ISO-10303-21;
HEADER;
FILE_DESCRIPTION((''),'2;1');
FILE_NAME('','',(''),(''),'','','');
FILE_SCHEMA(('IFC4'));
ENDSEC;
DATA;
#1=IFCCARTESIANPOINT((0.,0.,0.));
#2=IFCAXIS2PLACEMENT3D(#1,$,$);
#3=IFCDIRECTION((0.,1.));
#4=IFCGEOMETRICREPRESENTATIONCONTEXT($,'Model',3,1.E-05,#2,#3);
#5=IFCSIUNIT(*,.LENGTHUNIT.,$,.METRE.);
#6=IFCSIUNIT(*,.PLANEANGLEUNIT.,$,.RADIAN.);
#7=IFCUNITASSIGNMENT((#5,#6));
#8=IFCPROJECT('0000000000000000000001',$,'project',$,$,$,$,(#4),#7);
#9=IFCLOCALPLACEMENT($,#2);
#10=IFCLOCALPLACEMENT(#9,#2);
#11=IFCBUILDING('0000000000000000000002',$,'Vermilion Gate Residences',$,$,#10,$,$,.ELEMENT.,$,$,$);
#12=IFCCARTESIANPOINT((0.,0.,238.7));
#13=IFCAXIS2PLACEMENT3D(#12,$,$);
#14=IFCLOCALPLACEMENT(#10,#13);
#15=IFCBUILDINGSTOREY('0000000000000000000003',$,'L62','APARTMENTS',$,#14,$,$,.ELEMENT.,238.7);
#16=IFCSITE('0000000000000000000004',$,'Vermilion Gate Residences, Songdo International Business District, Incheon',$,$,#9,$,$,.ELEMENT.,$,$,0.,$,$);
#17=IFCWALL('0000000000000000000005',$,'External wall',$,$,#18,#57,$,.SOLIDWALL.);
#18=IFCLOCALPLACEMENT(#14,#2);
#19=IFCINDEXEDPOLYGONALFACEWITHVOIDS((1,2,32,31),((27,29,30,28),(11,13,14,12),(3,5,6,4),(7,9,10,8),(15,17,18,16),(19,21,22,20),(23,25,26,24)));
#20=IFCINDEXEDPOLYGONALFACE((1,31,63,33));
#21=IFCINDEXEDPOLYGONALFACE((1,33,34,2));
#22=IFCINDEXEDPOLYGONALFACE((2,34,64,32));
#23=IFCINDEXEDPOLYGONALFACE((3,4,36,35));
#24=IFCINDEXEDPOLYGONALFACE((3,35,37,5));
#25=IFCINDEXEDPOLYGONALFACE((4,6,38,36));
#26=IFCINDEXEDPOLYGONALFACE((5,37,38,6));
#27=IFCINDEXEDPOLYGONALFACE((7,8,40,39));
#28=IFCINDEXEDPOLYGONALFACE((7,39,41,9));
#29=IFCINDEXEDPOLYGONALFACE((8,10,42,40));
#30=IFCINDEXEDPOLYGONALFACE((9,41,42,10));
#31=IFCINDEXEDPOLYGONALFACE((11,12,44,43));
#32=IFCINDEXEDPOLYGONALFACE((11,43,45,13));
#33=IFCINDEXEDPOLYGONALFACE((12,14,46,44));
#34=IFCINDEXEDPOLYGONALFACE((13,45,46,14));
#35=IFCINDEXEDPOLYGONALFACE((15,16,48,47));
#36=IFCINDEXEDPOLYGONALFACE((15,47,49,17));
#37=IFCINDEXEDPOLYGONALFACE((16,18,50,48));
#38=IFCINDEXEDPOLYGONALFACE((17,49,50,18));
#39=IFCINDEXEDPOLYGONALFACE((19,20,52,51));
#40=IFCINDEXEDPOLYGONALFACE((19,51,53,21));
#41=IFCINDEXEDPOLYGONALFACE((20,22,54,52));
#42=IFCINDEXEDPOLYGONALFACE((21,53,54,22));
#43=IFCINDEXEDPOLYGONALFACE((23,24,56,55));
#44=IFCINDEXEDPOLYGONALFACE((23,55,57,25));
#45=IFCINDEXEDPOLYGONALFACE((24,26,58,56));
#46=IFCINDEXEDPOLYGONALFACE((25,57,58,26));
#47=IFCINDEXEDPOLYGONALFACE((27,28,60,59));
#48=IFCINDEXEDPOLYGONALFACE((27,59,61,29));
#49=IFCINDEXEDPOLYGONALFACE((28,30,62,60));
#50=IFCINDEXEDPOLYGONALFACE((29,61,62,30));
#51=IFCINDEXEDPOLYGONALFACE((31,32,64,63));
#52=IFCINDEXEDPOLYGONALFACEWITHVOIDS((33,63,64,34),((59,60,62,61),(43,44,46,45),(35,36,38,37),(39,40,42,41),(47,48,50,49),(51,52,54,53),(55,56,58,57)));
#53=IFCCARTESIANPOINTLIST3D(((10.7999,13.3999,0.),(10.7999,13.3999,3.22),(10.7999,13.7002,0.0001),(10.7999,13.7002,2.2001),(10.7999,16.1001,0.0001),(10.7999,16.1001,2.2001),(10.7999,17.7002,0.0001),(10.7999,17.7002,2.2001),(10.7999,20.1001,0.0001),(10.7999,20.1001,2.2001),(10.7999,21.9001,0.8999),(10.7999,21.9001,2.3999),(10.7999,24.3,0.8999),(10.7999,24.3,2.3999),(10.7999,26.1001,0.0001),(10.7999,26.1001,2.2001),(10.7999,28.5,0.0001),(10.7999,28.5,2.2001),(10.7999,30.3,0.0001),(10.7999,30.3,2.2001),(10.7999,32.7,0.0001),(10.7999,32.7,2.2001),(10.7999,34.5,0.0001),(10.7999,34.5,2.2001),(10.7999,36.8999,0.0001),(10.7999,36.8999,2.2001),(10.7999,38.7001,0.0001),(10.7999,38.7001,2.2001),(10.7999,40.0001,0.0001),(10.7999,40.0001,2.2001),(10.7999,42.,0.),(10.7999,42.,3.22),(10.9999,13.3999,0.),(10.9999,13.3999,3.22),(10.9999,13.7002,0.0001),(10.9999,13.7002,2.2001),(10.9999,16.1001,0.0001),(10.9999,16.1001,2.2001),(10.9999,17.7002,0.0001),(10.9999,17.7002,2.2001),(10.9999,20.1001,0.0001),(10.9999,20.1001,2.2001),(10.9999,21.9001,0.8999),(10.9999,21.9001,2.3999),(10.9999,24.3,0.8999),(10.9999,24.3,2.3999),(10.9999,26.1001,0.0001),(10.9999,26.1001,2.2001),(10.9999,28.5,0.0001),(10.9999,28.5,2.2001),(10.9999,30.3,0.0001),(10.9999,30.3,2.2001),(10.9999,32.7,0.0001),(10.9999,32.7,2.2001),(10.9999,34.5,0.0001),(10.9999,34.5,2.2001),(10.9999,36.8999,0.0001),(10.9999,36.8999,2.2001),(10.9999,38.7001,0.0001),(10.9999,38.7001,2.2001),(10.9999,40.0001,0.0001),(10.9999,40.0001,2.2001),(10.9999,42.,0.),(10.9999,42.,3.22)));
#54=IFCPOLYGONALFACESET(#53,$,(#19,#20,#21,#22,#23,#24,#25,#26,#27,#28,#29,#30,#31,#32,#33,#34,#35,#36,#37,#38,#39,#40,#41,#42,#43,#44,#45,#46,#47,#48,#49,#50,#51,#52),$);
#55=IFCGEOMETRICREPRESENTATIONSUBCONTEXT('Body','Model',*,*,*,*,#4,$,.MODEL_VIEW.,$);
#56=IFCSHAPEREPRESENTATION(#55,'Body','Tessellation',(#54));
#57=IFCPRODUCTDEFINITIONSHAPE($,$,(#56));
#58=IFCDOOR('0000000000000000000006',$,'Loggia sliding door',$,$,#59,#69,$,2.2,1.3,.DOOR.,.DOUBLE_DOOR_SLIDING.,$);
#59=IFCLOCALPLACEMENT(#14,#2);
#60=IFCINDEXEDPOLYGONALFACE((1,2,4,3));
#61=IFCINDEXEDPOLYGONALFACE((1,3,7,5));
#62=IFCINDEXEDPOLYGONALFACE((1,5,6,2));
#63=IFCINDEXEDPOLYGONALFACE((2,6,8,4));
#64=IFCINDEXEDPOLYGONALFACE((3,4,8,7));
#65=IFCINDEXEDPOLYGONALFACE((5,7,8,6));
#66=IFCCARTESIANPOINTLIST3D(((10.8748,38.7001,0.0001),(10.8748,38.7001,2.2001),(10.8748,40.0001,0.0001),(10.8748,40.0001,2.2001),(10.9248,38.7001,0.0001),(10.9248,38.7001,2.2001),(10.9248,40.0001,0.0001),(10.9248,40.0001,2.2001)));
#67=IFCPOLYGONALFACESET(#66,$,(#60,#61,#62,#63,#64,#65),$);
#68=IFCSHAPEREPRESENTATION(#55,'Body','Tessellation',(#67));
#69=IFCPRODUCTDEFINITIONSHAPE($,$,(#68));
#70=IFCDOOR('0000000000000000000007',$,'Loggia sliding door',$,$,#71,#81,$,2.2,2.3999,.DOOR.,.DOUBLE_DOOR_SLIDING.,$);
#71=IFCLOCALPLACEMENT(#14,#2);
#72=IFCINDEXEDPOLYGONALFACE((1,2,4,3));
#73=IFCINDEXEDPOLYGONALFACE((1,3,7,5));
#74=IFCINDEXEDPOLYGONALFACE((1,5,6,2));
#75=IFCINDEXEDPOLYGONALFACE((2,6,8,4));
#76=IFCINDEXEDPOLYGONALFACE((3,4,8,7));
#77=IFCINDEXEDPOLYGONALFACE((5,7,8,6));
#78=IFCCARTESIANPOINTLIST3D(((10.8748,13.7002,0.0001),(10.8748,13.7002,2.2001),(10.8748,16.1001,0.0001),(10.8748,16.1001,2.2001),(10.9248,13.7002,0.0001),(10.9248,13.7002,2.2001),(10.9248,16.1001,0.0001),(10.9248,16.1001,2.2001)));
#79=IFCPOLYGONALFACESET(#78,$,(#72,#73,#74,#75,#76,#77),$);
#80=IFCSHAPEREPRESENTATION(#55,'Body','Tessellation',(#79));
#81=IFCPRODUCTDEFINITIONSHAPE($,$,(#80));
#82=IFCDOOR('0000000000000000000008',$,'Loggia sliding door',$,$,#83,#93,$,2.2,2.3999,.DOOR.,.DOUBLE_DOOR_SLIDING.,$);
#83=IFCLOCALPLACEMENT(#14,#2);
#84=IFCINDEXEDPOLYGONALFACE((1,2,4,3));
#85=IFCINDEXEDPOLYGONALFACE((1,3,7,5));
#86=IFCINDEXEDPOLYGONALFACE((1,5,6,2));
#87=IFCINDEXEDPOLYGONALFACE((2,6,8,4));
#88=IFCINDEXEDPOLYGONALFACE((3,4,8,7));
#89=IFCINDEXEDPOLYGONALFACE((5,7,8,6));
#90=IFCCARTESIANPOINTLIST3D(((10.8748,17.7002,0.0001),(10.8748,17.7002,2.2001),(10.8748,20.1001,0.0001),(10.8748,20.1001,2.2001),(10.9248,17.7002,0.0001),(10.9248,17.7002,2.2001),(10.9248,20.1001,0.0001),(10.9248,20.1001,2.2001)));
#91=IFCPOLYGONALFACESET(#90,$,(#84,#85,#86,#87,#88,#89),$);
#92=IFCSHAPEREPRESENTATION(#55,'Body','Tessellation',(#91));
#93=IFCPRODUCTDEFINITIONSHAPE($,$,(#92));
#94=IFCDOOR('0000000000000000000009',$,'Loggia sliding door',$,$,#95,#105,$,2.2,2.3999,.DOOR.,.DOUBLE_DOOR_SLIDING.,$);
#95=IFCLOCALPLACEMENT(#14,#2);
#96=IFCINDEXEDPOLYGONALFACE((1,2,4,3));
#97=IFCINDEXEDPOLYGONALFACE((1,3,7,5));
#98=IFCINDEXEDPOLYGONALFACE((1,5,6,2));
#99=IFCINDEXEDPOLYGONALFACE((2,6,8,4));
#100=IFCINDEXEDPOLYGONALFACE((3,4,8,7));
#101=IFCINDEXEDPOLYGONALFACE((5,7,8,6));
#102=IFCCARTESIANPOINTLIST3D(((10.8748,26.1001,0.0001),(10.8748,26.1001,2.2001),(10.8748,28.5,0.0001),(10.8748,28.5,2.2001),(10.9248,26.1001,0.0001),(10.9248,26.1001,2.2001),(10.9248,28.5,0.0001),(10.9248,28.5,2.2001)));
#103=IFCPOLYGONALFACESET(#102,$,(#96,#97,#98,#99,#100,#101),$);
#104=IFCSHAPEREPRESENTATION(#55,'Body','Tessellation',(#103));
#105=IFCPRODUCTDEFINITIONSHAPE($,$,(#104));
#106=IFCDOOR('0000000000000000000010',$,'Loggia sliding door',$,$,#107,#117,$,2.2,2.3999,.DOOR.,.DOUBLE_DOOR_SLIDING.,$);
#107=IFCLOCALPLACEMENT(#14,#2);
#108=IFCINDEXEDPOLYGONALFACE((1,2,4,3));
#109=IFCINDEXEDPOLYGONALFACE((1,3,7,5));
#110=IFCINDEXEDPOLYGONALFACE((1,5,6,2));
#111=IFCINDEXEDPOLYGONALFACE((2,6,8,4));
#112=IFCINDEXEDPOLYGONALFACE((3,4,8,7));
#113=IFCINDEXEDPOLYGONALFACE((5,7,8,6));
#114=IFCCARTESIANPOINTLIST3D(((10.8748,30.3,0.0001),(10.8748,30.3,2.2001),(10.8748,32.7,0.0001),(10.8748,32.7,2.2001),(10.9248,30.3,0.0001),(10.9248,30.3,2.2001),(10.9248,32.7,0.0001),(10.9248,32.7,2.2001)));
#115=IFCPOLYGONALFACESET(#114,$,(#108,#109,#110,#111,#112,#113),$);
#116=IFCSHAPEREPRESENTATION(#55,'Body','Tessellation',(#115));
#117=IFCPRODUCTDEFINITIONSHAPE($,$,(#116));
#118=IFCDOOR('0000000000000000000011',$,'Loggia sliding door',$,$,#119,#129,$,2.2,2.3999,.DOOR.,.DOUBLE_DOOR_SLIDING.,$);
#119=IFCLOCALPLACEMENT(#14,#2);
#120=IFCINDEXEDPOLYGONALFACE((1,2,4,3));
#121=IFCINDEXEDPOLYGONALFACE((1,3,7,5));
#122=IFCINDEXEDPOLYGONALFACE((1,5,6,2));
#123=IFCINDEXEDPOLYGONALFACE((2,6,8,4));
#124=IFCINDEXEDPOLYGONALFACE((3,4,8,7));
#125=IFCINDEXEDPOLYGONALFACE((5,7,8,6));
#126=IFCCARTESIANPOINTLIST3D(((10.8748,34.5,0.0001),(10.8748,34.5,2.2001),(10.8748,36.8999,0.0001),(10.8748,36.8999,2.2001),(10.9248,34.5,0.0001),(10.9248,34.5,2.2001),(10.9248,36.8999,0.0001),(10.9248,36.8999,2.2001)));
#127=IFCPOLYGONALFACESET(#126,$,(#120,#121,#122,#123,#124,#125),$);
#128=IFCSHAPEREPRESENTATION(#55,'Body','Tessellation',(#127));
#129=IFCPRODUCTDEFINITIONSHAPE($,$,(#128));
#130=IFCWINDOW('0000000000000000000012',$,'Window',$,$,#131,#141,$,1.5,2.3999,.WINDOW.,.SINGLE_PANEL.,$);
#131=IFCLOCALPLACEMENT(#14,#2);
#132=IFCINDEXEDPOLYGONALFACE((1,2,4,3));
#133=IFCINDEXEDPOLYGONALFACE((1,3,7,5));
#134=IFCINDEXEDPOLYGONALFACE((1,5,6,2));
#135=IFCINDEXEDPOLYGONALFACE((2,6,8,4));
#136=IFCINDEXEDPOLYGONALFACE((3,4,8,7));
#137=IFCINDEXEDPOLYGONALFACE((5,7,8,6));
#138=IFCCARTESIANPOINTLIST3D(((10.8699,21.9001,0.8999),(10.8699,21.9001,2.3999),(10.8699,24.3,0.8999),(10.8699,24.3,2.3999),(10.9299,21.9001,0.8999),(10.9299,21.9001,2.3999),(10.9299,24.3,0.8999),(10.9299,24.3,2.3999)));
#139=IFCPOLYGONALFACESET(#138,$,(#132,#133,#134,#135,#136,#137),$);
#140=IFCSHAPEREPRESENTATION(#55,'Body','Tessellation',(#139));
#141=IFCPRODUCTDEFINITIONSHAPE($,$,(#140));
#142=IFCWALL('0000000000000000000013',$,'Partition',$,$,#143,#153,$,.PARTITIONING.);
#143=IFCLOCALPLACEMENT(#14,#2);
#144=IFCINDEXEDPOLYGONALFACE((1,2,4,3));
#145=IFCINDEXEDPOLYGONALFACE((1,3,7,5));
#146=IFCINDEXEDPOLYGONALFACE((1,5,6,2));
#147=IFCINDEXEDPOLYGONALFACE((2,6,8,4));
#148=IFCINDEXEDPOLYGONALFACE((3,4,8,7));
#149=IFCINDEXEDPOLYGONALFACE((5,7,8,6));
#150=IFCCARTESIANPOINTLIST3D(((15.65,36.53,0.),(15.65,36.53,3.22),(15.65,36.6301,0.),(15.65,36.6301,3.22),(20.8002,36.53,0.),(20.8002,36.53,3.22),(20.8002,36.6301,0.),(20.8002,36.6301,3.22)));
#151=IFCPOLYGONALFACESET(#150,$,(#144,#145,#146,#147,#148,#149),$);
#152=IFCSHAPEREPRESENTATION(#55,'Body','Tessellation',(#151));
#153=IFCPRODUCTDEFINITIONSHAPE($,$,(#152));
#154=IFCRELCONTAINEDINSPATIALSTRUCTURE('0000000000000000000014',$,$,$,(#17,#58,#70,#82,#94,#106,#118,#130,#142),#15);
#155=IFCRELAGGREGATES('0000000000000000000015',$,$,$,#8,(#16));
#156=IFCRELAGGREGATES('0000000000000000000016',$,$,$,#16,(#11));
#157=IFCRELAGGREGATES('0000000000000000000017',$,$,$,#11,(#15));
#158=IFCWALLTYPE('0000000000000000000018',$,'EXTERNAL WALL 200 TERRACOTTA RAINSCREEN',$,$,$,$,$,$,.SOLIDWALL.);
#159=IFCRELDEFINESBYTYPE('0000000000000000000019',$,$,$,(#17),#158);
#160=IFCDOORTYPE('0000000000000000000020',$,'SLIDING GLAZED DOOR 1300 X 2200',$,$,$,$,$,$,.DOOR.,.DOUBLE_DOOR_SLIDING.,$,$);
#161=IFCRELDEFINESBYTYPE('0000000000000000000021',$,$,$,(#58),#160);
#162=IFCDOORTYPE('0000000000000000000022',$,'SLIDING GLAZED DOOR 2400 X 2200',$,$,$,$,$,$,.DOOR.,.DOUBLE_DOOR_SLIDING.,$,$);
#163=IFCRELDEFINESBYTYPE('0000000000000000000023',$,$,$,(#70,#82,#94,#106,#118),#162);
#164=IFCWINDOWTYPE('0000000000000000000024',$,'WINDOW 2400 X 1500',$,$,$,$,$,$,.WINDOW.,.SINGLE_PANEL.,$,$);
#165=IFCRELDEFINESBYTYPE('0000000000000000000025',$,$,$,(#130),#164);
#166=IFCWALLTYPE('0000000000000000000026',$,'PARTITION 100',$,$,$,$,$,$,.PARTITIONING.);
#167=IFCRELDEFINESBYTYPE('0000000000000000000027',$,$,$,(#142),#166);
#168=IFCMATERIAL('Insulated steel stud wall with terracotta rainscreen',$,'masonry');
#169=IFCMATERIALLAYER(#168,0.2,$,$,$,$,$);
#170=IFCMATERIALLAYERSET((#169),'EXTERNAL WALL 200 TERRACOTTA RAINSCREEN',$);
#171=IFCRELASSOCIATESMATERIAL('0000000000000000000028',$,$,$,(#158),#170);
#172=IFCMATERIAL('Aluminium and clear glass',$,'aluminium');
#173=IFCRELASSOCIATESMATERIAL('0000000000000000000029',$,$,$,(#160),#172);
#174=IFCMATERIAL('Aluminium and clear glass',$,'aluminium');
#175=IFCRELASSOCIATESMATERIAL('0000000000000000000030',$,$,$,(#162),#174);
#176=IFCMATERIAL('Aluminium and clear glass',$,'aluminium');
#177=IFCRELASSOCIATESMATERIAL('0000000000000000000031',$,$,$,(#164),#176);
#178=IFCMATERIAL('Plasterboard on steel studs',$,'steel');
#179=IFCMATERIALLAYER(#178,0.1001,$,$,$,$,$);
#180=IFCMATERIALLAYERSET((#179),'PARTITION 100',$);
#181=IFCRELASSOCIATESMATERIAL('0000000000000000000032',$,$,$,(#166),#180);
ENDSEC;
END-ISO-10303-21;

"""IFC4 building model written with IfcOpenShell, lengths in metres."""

from ifc_helpers import new_model, si_unit, direction, frame, frame_2d, origin, place, context, subcontext, project, spatial, rectangle, extrude, material, layer, layer_set, type_object, element, fill, save


model = new_model("IFC4")

# Units and contexts
model_context = context("Model", 3, precision=1e-05, world=origin(), true_north=direction((0.0, 1.0)))
body_context = subcontext(model_context, "Body", "Model", "MODEL_VIEW")
ifc_project = project(units=[si_unit("LENGTHUNIT", "METRE"), si_unit("PLANEANGLEUNIT", "RADIAN")], contexts=[model_context])

# Site, building, storey
site_placement = place(None, origin())
site = spatial("IfcSite", under=ifc_project, at=site_placement, Name="Vermilion Gate Residences, Songdo International Business District, Incheon", CompositionType="ELEMENT", RefElevation=0.0)
building_placement = place(site_placement, origin())
building = spatial("IfcBuilding", under=site, at=building_placement, Name="Vermilion Gate Residences", CompositionType="ELEMENT")
storey_placement = place(building_placement, frame((0.0, 0.0, 238.7)))
storey = spatial("IfcBuildingStorey", under=building, at=storey_placement, Name="L62", Description="APARTMENTS", CompositionType="ELEMENT", Elevation=238.7)

# Wall, openings, doors, window
ifc_material_1 = material(Name="Insulated steel stud wall with terracotta rainscreen", Category="masonry")
ifc_layer_1 = layer(ifc_material_1, 0.2)
ifc_layer_set_1 = layer_set([ifc_layer_1], Name="EXTERNAL WALL 200 TERRACOTTA RAINSCREEN")
wall_type_1 = type_object("IfcWallType", Name="EXTERNAL WALL 200 TERRACOTTA RAINSCREEN", PredefinedType="SOLIDWALL", material=ifc_layer_set_1)
wall_1_placement = place(storey_placement, frame((10.8999, 42.0, 0.0), z_axis=(0.0, 0.0, 1.0), x_axis=(0.0, -1.0, 0.0)))
wall_1 = element("IfcWall", 1, at=wall_1_placement, inside=storey, type_object=wall_type_1, Name="External wall", PredefinedType="SOLIDWALL", context=body_context, shape_type="SweptSolid", body=[
    extrude(rectangle(XDim=28.6001, YDim=0.2, at=frame_2d((14.3, 0.0))), origin(), (0.0, 0.0, 1.0), 3.22),
])
opening_1_placement = place(wall_1_placement, frame((25.8999, 0.0, 0.0)))
opening_1 = element("IfcOpeningElement", 2, at=opening_1_placement, cuts=wall_1, PredefinedType="OPENING", context=body_context, shape_type="SweptSolid", body=[
    extrude(rectangle(XDim=2.3999, YDim=2.2, at=frame_2d((1.2, 1.1001))), frame((0.0, 0.1099, 0.0), z_axis=(0.0, -1.0, 0.0), x_axis=(1.0, 0.0, 0.0)), (0.0, 0.0, 1.0), 0.22),
])
opening_2_placement = place(wall_1_placement, frame((21.8999, 0.0, 0.0)))
opening_2 = element("IfcOpeningElement", 3, at=opening_2_placement, cuts=wall_1, PredefinedType="OPENING", context=body_context, shape_type="SweptSolid", body=[
    extrude(rectangle(XDim=2.3999, YDim=2.2, at=frame_2d((1.2, 1.1001))), frame((0.0, 0.1099, 0.0), z_axis=(0.0, -1.0, 0.0), x_axis=(1.0, 0.0, 0.0)), (0.0, 0.0, 1.0), 0.22),
])
opening_3_placement = place(wall_1_placement, frame((17.7, 0.0, 0.8999)))
opening_3 = element("IfcOpeningElement", 4, at=opening_3_placement, cuts=wall_1, PredefinedType="OPENING", context=body_context, shape_type="SweptSolid", body=[
    extrude(rectangle(XDim=2.3999, YDim=1.5, at=frame_2d((1.2, 0.75))), frame((0.0, 0.1099, 0.0), z_axis=(0.0, -1.0, 0.0), x_axis=(1.0, 0.0, 0.0)), (0.0, 0.0, 1.0), 0.22),
])
opening_4_placement = place(wall_1_placement, frame((13.5, 0.0, 0.0)))
opening_4 = element("IfcOpeningElement", 5, at=opening_4_placement, cuts=wall_1, PredefinedType="OPENING", context=body_context, shape_type="SweptSolid", body=[
    extrude(rectangle(XDim=2.3999, YDim=2.2, at=frame_2d((1.2, 1.1001))), frame((0.0, 0.1099, 0.0), z_axis=(0.0, -1.0, 0.0), x_axis=(1.0, 0.0, 0.0)), (0.0, 0.0, 1.0), 0.22),
])
opening_5_placement = place(wall_1_placement, frame((9.3, 0.0, 0.0)))
opening_5 = element("IfcOpeningElement", 6, at=opening_5_placement, cuts=wall_1, PredefinedType="OPENING", context=body_context, shape_type="SweptSolid", body=[
    extrude(rectangle(XDim=2.3999, YDim=2.2, at=frame_2d((1.2, 1.1001))), frame((0.0, 0.1099, 0.0), z_axis=(0.0, -1.0, 0.0), x_axis=(1.0, 0.0, 0.0)), (0.0, 0.0, 1.0), 0.22),
])
opening_6_placement = place(wall_1_placement, frame((5.1001, 0.0, 0.0)))
opening_6 = element("IfcOpeningElement", 7, at=opening_6_placement, cuts=wall_1, PredefinedType="OPENING", context=body_context, shape_type="SweptSolid", body=[
    extrude(rectangle(XDim=2.3999, YDim=2.2, at=frame_2d((1.2, 1.1001))), frame((0.0, 0.1099, 0.0), z_axis=(0.0, -1.0, 0.0), x_axis=(1.0, 0.0, 0.0)), (0.0, 0.0, 1.0), 0.22),
])
opening_7_placement = place(wall_1_placement, frame((2.0, 0.0, 0.0)))
opening_7 = element("IfcOpeningElement", 8, at=opening_7_placement, cuts=wall_1, PredefinedType="OPENING", context=body_context, shape_type="SweptSolid", body=[
    extrude(rectangle(XDim=1.3, YDim=2.2, at=frame_2d((0.6499, 1.1001))), frame((0.0, 0.1099, 0.0), z_axis=(0.0, -1.0, 0.0), x_axis=(1.0, 0.0, 0.0)), (0.0, 0.0, 1.0), 0.22),
])
ifc_material_2 = material(Name="Aluminium and clear glass", Category="aluminium")
door_type_1 = type_object("IfcDoorType", Name="SLIDING GLAZED DOOR 1300 X 2200", OperationType="DOUBLE_DOOR_SLIDING", PredefinedType="DOOR", material=ifc_material_2)
door_1_placement = place(opening_7_placement, origin())
door_1 = element("IfcDoor", 9, at=door_1_placement, inside=storey, type_object=door_type_1, Name="Loggia sliding door", OperationType="DOUBLE_DOOR_SLIDING", OverallHeight=2.2, OverallWidth=1.3, PredefinedType="DOOR", context=body_context, shape_type="SweptSolid", body=[
    extrude(rectangle(XDim=1.3, YDim=2.2, at=frame_2d((0.6499, 1.1001))), frame((0.0, 0.0249, 0.0), z_axis=(0.0, -1.0, 0.0), x_axis=(1.0, 0.0, 0.0)), (0.0, 0.0, 1.0), 0.05),
])
fill(opening_7, door_1)
ifc_material_3 = material(Name="Aluminium and clear glass", Category="aluminium")
door_type_2 = type_object("IfcDoorType", Name="SLIDING GLAZED DOOR 2400 X 2200", OperationType="DOUBLE_DOOR_SLIDING", PredefinedType="DOOR", material=ifc_material_3)
door_2_placement = place(opening_1_placement, origin())
door_2 = element("IfcDoor", 10, at=door_2_placement, inside=storey, type_object=door_type_2, Name="Loggia sliding door", OperationType="DOUBLE_DOOR_SLIDING", OverallHeight=2.2, OverallWidth=2.3999, PredefinedType="DOOR", context=body_context, shape_type="SweptSolid", body=[
    extrude(rectangle(XDim=2.3999, YDim=2.2, at=frame_2d((1.2, 1.1001))), frame((0.0, 0.0249, 0.0), z_axis=(0.0, -1.0, 0.0), x_axis=(1.0, 0.0, 0.0)), (0.0, 0.0, 1.0), 0.05),
])
fill(opening_1, door_2)
door_3_placement = place(opening_2_placement, origin())
door_3 = element("IfcDoor", 11, at=door_3_placement, inside=storey, type_object=door_type_2, Name="Loggia sliding door", OperationType="DOUBLE_DOOR_SLIDING", OverallHeight=2.2, OverallWidth=2.3999, PredefinedType="DOOR", context=body_context, shape_type="SweptSolid", body=[
    extrude(rectangle(XDim=2.3999, YDim=2.2, at=frame_2d((1.2, 1.1001))), frame((0.0, 0.0249, 0.0), z_axis=(0.0, -1.0, 0.0), x_axis=(1.0, 0.0, 0.0)), (0.0, 0.0, 1.0), 0.05),
])
fill(opening_2, door_3)
door_4_placement = place(opening_4_placement, origin())
door_4 = element("IfcDoor", 12, at=door_4_placement, inside=storey, type_object=door_type_2, Name="Loggia sliding door", OperationType="DOUBLE_DOOR_SLIDING", OverallHeight=2.2, OverallWidth=2.3999, PredefinedType="DOOR", context=body_context, shape_type="SweptSolid", body=[
    extrude(rectangle(XDim=2.3999, YDim=2.2, at=frame_2d((1.2, 1.1001))), frame((0.0, 0.0249, 0.0), z_axis=(0.0, -1.0, 0.0), x_axis=(1.0, 0.0, 0.0)), (0.0, 0.0, 1.0), 0.05),
])
fill(opening_4, door_4)
door_5_placement = place(opening_5_placement, origin())
door_5 = element("IfcDoor", 13, at=door_5_placement, inside=storey, type_object=door_type_2, Name="Loggia sliding door", OperationType="DOUBLE_DOOR_SLIDING", OverallHeight=2.2, OverallWidth=2.3999, PredefinedType="DOOR", context=body_context, shape_type="SweptSolid", body=[
    extrude(rectangle(XDim=2.3999, YDim=2.2, at=frame_2d((1.2, 1.1001))), frame((0.0, 0.0249, 0.0), z_axis=(0.0, -1.0, 0.0), x_axis=(1.0, 0.0, 0.0)), (0.0, 0.0, 1.0), 0.05),
])
fill(opening_5, door_5)
door_6_placement = place(opening_6_placement, origin())
door_6 = element("IfcDoor", 14, at=door_6_placement, inside=storey, type_object=door_type_2, Name="Loggia sliding door", OperationType="DOUBLE_DOOR_SLIDING", OverallHeight=2.2, OverallWidth=2.3999, PredefinedType="DOOR", context=body_context, shape_type="SweptSolid", body=[
    extrude(rectangle(XDim=2.3999, YDim=2.2, at=frame_2d((1.2, 1.1001))), frame((0.0, 0.0249, 0.0), z_axis=(0.0, -1.0, 0.0), x_axis=(1.0, 0.0, 0.0)), (0.0, 0.0, 1.0), 0.05),
])
fill(opening_6, door_6)
ifc_material_4 = material(Name="Aluminium and clear glass", Category="aluminium")
window_type = type_object("IfcWindowType", Name="WINDOW 2400 X 1500", PartitioningType="SINGLE_PANEL", PredefinedType="WINDOW", material=ifc_material_4)
window_placement = place(opening_3_placement, origin())
window = element("IfcWindow", 15, at=window_placement, inside=storey, type_object=window_type, Name="Window", OverallHeight=1.5, OverallWidth=2.3999, PartitioningType="SINGLE_PANEL", PredefinedType="WINDOW", context=body_context, shape_type="SweptSolid", body=[
    extrude(rectangle(XDim=2.3999, YDim=1.5, at=frame_2d((1.2, 0.75))), frame((0.0, 0.03, 0.0), z_axis=(0.0, -1.0, 0.0), x_axis=(1.0, 0.0, 0.0)), (0.0, 0.0, 1.0), 0.0601),
])
fill(opening_3, window)

# Wall
ifc_material_5 = material(Name="Plasterboard on steel studs", Category="steel")
ifc_layer_2 = layer(ifc_material_5, 0.1001)
ifc_layer_set_2 = layer_set([ifc_layer_2], Name="PARTITION 100")
wall_type_2 = type_object("IfcWallType", Name="PARTITION 100", PredefinedType="PARTITIONING", material=ifc_layer_set_2)
wall_2_placement = place(storey_placement, frame((15.6499, 36.5801, 0.0), z_axis=(0.0, 0.0, 1.0), x_axis=(1.0, 0.0, 0.0)))
element("IfcWall", 16, at=wall_2_placement, inside=storey, type_object=wall_type_2, Name="Partition", PredefinedType="PARTITIONING", context=body_context, shape_type="SweptSolid", body=[
    extrude(rectangle(XDim=5.1501, YDim=0.1001, at=frame_2d((2.5752, 0.0))), origin(), (0.0, 0.0, 1.0), 3.22),
])

save(model, "model.ifc")
